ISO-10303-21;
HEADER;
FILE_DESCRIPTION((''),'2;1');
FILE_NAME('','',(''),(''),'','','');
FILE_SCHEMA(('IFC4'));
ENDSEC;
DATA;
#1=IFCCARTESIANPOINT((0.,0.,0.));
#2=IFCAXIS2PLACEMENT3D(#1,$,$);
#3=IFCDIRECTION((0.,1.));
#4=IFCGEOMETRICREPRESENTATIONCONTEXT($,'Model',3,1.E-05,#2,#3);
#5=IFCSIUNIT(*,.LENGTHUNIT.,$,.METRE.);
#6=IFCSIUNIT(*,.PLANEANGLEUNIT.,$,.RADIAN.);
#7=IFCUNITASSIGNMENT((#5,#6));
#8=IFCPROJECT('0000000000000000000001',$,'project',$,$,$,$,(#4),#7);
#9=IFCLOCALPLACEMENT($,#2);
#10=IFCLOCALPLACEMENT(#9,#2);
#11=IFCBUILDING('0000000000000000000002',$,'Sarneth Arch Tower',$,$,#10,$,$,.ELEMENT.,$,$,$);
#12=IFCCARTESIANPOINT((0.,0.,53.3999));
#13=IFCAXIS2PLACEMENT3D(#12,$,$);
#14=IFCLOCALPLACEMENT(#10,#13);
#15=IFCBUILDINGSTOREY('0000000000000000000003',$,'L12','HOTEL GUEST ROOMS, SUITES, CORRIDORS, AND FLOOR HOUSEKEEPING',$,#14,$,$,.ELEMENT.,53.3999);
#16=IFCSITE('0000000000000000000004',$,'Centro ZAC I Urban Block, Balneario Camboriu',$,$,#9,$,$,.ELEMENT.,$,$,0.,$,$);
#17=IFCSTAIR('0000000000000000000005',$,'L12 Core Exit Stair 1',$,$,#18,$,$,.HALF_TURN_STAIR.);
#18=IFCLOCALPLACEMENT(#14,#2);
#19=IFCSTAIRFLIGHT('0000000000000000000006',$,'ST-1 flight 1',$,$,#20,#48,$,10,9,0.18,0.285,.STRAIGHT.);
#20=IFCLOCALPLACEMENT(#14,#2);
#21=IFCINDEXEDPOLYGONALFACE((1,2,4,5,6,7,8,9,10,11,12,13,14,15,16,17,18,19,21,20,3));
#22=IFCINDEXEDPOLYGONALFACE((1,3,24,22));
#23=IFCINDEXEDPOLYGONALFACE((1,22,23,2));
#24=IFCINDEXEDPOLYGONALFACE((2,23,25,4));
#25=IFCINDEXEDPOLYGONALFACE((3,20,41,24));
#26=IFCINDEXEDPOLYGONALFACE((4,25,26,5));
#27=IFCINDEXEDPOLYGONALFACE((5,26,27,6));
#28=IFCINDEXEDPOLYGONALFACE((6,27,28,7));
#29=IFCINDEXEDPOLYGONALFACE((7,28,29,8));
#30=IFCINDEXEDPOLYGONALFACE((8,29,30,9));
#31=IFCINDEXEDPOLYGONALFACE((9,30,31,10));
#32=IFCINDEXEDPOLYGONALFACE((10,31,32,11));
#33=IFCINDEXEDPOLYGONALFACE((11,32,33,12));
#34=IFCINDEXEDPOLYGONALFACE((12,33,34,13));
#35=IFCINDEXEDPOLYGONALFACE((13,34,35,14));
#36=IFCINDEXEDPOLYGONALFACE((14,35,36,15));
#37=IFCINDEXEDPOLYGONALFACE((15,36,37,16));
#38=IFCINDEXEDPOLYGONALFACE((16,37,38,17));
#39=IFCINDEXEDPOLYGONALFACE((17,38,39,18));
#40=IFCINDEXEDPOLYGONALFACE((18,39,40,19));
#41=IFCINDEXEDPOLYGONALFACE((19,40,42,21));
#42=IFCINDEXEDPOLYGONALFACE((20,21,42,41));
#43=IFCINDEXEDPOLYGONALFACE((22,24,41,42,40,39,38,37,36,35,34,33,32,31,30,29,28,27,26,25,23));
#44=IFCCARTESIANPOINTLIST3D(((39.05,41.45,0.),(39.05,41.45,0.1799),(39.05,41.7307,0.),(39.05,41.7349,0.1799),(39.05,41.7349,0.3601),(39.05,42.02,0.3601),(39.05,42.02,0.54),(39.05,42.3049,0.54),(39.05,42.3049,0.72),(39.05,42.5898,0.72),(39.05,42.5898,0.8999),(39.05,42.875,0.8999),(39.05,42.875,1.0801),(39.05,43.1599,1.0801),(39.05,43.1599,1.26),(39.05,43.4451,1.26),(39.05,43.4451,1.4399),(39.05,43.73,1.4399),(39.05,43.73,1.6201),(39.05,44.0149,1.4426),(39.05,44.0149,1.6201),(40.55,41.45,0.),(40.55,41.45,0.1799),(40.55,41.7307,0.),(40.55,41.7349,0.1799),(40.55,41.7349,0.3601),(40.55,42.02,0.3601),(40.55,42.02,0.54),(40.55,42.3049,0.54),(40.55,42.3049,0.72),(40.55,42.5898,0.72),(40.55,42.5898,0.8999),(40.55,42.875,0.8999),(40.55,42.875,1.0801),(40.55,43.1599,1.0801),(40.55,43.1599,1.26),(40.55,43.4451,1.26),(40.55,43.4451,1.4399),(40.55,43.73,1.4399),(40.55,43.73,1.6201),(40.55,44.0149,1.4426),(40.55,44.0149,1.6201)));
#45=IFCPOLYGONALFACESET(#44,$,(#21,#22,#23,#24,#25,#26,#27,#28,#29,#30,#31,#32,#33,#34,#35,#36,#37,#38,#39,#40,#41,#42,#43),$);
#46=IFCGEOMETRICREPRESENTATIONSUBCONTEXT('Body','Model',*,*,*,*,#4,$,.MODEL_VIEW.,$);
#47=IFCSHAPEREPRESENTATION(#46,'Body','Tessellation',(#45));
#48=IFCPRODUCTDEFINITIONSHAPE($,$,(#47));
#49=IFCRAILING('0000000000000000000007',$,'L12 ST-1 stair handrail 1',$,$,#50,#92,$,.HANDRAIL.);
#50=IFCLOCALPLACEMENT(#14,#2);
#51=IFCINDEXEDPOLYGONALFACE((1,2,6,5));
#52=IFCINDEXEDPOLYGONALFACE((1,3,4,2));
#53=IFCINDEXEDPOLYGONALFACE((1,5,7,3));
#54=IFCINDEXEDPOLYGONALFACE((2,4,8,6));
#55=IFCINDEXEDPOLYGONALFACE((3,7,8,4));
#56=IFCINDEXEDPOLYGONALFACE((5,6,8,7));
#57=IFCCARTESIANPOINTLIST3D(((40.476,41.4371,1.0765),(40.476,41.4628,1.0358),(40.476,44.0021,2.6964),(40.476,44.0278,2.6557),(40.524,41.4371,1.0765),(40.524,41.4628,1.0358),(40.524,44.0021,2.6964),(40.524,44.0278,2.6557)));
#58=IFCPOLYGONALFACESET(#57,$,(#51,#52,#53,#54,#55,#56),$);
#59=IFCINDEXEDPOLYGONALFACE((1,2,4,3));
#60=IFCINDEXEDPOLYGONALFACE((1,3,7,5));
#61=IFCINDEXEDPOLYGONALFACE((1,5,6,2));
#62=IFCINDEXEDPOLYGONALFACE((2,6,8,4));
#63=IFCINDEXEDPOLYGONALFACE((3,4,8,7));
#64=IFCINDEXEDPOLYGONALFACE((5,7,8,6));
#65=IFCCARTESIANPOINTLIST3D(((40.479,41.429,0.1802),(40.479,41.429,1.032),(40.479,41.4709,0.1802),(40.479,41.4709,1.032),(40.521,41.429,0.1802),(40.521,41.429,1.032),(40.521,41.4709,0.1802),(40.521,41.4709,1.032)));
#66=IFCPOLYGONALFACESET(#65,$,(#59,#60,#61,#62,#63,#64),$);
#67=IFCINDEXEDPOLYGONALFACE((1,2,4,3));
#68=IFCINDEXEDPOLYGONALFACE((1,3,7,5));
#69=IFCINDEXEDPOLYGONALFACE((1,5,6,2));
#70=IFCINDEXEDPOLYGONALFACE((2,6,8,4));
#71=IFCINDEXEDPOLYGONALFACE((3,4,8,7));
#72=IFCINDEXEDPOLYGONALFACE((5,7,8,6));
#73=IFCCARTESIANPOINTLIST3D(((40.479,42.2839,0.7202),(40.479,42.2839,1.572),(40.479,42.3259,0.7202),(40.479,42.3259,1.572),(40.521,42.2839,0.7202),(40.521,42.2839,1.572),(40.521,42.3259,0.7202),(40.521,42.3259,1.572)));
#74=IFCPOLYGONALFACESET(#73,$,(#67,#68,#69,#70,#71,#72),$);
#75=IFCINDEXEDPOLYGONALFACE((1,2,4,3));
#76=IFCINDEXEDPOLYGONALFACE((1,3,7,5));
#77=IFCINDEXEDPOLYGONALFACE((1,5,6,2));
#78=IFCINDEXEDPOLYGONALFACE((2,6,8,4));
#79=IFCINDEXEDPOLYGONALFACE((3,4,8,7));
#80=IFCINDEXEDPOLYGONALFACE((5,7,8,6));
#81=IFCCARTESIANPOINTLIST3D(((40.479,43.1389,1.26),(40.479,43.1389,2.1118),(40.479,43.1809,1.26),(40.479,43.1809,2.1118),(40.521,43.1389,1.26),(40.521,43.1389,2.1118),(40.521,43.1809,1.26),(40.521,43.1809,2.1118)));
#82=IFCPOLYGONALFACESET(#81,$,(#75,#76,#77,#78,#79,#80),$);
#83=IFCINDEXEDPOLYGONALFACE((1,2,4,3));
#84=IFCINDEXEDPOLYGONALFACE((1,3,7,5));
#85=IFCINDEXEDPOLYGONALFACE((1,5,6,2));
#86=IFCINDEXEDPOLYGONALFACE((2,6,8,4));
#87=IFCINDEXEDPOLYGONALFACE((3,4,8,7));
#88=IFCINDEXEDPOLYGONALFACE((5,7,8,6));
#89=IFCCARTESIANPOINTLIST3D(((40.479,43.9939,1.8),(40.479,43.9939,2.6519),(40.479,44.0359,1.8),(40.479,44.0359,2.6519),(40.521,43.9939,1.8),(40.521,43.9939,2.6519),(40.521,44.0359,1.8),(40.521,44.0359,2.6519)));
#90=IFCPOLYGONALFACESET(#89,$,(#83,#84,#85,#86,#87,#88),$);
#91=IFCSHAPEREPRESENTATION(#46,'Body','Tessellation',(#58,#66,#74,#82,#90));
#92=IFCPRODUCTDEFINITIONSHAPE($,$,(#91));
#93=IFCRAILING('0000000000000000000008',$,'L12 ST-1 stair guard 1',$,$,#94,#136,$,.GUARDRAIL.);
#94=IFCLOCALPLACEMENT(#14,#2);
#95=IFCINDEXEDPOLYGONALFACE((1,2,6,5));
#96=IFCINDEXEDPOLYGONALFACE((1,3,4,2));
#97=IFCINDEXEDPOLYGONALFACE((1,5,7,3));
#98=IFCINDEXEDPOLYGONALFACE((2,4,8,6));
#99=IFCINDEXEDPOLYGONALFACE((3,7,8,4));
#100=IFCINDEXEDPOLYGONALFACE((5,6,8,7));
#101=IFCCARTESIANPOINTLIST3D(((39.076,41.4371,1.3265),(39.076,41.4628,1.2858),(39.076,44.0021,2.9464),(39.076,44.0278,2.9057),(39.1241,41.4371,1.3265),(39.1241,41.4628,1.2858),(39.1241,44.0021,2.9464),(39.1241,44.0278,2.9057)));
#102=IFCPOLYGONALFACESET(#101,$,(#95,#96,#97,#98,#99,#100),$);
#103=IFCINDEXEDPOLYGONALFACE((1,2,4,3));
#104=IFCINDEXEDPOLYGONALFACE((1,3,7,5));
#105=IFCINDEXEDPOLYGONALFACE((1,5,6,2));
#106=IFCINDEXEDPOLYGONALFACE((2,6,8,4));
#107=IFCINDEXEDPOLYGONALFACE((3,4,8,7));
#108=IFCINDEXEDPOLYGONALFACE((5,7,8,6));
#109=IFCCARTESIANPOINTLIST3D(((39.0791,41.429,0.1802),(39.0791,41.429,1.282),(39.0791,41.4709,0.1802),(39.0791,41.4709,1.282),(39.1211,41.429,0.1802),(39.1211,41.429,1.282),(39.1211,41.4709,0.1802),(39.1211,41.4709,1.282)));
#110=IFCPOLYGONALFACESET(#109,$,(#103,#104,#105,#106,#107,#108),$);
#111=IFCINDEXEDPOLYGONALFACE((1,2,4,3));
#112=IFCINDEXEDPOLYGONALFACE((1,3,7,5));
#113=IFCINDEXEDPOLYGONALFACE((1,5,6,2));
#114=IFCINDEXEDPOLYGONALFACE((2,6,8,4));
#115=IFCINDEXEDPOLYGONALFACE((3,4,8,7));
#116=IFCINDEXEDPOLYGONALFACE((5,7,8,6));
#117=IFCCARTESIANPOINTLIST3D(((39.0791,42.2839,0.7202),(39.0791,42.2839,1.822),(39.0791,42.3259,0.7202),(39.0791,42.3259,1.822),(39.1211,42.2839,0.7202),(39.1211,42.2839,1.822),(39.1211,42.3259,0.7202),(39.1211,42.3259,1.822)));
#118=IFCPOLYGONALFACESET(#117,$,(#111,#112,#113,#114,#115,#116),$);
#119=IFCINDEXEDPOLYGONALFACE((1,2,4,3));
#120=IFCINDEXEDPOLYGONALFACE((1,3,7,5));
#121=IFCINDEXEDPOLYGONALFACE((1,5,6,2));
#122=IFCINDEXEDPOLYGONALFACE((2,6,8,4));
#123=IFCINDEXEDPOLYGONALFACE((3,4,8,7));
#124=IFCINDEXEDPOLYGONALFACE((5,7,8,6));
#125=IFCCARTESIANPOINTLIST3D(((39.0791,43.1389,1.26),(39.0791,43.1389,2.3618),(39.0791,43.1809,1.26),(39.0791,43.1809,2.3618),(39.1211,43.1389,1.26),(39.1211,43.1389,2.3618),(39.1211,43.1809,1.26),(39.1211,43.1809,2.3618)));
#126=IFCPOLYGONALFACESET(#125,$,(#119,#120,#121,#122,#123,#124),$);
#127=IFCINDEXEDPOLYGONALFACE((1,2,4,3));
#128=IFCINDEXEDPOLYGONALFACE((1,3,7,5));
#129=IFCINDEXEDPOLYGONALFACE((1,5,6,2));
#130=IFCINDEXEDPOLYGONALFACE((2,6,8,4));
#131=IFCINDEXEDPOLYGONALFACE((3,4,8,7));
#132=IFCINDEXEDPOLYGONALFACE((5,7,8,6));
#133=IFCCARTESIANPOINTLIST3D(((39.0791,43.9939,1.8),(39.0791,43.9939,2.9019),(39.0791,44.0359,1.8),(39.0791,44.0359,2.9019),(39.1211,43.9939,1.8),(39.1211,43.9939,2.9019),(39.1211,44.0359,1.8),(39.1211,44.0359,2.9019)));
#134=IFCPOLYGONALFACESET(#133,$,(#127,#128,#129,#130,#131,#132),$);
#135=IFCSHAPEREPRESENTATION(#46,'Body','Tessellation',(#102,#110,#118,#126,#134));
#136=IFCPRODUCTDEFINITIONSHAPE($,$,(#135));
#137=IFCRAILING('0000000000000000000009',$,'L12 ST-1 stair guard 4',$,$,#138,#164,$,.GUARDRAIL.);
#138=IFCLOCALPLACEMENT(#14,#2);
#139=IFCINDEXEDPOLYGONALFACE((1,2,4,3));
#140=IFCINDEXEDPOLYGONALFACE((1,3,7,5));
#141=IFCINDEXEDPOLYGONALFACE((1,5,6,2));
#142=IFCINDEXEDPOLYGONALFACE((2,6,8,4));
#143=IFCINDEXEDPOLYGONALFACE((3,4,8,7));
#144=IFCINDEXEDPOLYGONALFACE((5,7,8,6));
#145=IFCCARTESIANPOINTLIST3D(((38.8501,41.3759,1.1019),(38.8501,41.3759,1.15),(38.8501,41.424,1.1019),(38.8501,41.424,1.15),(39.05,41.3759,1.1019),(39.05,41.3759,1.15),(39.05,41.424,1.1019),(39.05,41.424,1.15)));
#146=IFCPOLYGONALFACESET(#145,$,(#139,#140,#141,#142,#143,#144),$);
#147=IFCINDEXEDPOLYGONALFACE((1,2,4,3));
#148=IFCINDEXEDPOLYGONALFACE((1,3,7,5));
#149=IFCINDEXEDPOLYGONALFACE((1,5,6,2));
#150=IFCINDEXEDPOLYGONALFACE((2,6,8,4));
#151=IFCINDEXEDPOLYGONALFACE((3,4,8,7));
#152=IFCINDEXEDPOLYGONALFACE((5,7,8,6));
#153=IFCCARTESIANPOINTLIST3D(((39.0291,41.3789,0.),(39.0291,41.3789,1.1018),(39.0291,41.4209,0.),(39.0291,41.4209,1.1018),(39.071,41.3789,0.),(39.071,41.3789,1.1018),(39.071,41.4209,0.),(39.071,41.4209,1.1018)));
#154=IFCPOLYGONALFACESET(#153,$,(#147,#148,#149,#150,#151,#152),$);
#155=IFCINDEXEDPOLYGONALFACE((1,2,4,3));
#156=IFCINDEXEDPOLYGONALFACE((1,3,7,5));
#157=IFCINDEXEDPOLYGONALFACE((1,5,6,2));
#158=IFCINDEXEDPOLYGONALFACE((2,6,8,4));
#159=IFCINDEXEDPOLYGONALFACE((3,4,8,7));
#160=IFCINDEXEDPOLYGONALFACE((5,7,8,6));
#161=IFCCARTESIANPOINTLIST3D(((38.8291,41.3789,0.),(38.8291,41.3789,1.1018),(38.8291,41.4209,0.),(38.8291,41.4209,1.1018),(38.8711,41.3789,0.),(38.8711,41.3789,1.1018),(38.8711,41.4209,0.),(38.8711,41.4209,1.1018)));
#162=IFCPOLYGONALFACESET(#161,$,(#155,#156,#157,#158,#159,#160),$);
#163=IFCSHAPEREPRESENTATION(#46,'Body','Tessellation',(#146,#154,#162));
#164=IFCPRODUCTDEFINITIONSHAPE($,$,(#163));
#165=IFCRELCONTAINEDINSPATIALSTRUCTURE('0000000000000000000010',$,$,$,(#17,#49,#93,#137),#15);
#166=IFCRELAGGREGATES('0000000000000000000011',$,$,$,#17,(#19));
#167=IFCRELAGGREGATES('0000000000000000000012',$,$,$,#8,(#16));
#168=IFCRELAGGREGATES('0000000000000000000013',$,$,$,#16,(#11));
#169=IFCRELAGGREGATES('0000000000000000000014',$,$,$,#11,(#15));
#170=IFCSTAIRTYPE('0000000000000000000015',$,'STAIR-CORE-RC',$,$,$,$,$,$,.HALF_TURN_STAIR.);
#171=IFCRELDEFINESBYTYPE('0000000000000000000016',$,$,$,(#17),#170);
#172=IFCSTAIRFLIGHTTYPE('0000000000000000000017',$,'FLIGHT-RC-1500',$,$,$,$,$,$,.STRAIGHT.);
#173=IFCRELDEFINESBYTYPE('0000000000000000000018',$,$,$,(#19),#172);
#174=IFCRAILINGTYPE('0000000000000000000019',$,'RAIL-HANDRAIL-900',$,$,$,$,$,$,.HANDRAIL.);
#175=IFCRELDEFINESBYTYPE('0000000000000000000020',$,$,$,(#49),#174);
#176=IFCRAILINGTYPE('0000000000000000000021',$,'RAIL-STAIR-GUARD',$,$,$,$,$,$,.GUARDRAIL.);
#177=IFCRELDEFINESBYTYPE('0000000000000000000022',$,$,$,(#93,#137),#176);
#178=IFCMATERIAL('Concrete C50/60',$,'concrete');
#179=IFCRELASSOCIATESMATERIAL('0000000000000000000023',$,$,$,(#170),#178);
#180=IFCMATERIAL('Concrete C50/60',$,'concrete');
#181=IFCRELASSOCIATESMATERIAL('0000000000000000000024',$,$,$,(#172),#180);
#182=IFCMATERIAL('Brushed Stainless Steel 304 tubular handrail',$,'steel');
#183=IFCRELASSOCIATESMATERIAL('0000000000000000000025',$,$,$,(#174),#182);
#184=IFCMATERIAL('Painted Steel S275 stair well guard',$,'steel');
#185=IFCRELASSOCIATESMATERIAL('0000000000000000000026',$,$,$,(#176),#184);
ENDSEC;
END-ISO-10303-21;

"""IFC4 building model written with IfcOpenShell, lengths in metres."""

from ifc_helpers import new_model, si_unit, direction, frame, origin, origin_2d, place, context, subcontext, project, spatial, polyline, rectangle, outline, extrude, material, type_object, element, aggregate, save


model = new_model("IFC4")

# Units and contexts
model_context = context("Model", 3, precision=1e-05, world=origin(), true_north=direction((0.0, 1.0)))
body_context = subcontext(model_context, "Body", "Model", "MODEL_VIEW")
ifc_project = project(units=[si_unit("LENGTHUNIT", "METRE"), si_unit("PLANEANGLEUNIT", "RADIAN")], contexts=[model_context])

# Site, building, storey
site_placement = place(None, origin())
site = spatial("IfcSite", under=ifc_project, at=site_placement, Name="Centro ZAC I Urban Block, Balneario Camboriu", CompositionType="ELEMENT", RefElevation=0.0)
building_placement = place(site_placement, origin())
building = spatial("IfcBuilding", under=site, at=building_placement, Name="Sarneth Arch Tower", CompositionType="ELEMENT")
storey_placement = place(building_placement, frame((0.0, 0.0, 53.3999)))
storey = spatial("IfcBuildingStorey", under=building, at=storey_placement, Name="L12", Description="HOTEL GUEST ROOMS, SUITES, CORRIDORS, AND FLOOR HOUSEKEEPING", CompositionType="ELEMENT", Elevation=53.3999)

# Stair, stair flight
ifc_material_1 = material(Name="Concrete C50/60", Category="concrete")
stair_type = type_object("IfcStairType", Name="STAIR-CORE-RC", PredefinedType="HALF_TURN_STAIR", material=ifc_material_1)
stair_placement = place(storey_placement, origin())
stair = element("IfcStair", 1, at=stair_placement, inside=storey, type_object=stair_type, Name="L12 Core Exit Stair 1", PredefinedType="HALF_TURN_STAIR")
ifc_material_2 = material(Name="Concrete C50/60", Category="concrete")
stair_flight_type = type_object("IfcStairFlightType", Name="FLIGHT-RC-1500", PredefinedType="STRAIGHT", material=ifc_material_2)
stair_flight_placement = place(storey_placement, frame((39.8, 41.45, 0.0), z_axis=(0.0, 0.0, 1.0), x_axis=(0.0, 1.0, 0.0)))
stair_flight = element("IfcStairFlight", 2, at=stair_flight_placement, type_object=stair_flight_type, Name="ST-1 flight 1", NumberOfRisers=10, NumberOfTreads=9, PredefinedType="STRAIGHT", RiserHeight=0.18, TreadLength=0.285, context=body_context, shape_type="SweptSolid", body=[
    extrude(outline(polyline([(0.0, 0.0), (0.0, 0.1799), (0.2849, 0.1799), (0.2849, 0.3601), (0.5701, 0.3601), (0.5701, 0.54), (0.855, 0.54), (0.855, 0.72), (1.1399, 0.72), (1.1399, 0.8999), (1.425, 0.8999), (1.425, 1.0801), (1.71, 1.0801), (1.71, 1.26), (1.9951, 1.26), (1.9951, 1.4399), (2.28, 1.4399), (2.28, 1.6201), (2.5649, 1.6201), (2.5649, 1.8), (2.5649, 1.4426), (0.2808, 0.0), (0.0, 0.0)])), frame((0.0, 0.75, 0.0), z_axis=(0.0, -1.0, 0.0), x_axis=(1.0, 0.0, 0.0)), (0.0, 0.0, 1.0), 1.5),
])
aggregate(stair, [stair_flight])

# Railings
ifc_material_3 = material(Name="Brushed Stainless Steel 304 tubular handrail", Category="steel")
railing_type_1 = type_object("IfcRailingType", Name="RAIL-HANDRAIL-900", PredefinedType="HANDRAIL", material=ifc_material_3)
railing_1_placement = place(storey_placement, frame((40.5, 41.45, 0.1802)))
element("IfcRailing", 3, at=railing_1_placement, inside=storey, type_object=railing_type_1, Name="L12 ST-1 stair handrail 1", PredefinedType="HANDRAIL", context=body_context, shape_type="SweptSolid", body=[
    extrude(rectangle(XDim=0.0481, YDim=0.0481, at=origin_2d()), frame((0.0, 0.0, 0.876), z_axis=(0.0, 0.845502, 0.533972), x_axis=(-1.0, 0.0, 0.0)), (0.0, 0.0, 1.0), 3.0337),
    extrude(rectangle(XDim=0.042, YDim=0.042, at=origin_2d()), origin(), (0.0, 0.0, 1.0), 0.8518),
    extrude(rectangle(XDim=0.042, YDim=0.042, at=origin_2d()), frame((0.0, 0.855, 0.54)), (0.0, 0.0, 1.0), 0.8518),
    extrude(rectangle(XDim=0.042, YDim=0.042, at=origin_2d()), frame((0.0, 1.71, 1.0798)), (0.0, 0.0, 1.0), 0.8518),
    extrude(rectangle(XDim=0.042, YDim=0.042, at=origin_2d()), frame((0.0, 2.5649, 1.6199)), (0.0, 0.0, 1.0), 0.8518),
])
ifc_material_4 = material(Name="Painted Steel S275 stair well guard", Category="steel")
railing_type_2 = type_object("IfcRailingType", Name="RAIL-STAIR-GUARD", PredefinedType="GUARDRAIL", material=ifc_material_4)
railing_2_placement = place(storey_placement, frame((39.1001, 41.45, 0.1802)))
element("IfcRailing", 4, at=railing_2_placement, inside=storey, type_object=railing_type_2, Name="L12 ST-1 stair guard 1", PredefinedType="GUARDRAIL", context=body_context, shape_type="SweptSolid", body=[
    extrude(rectangle(XDim=0.0481, YDim=0.0481, at=origin_2d()), frame((0.0, 0.0, 1.126), z_axis=(0.0, 0.845502, 0.533972), x_axis=(-1.0, 0.0, 0.0)), (0.0, 0.0, 1.0), 3.0337),
    extrude(rectangle(XDim=0.042, YDim=0.042, at=origin_2d()), origin(), (0.0, 0.0, 1.0), 1.1018),
    extrude(rectangle(XDim=0.042, YDim=0.042, at=origin_2d()), frame((0.0, 0.855, 0.54)), (0.0, 0.0, 1.0), 1.1018),
    extrude(rectangle(XDim=0.042, YDim=0.042, at=origin_2d()), frame((0.0, 1.71, 1.0798)), (0.0, 0.0, 1.0), 1.1018),
    extrude(rectangle(XDim=0.042, YDim=0.042, at=origin_2d()), frame((0.0, 2.5649, 1.6199)), (0.0, 0.0, 1.0), 1.1018),
])
railing_3_placement = place(storey_placement, frame((39.05, 41.3999, 0.0)))
element("IfcRailing", 5, at=railing_3_placement, inside=storey, type_object=railing_type_2, Name="L12 ST-1 stair guard 4", PredefinedType="GUARDRAIL", context=body_context, shape_type="SweptSolid", body=[
    extrude(rectangle(XDim=0.0481, YDim=0.0481, at=origin_2d()), frame((0.0, 0.0, 1.126), z_axis=(-1.0, 0.0, 0.0), x_axis=(0.0, -1.0, 0.0)), (0.0, 0.0, 1.0), 0.2),
    extrude(rectangle(XDim=0.042, YDim=0.042, at=origin_2d()), origin(), (0.0, 0.0, 1.0), 1.1018),
    extrude(rectangle(XDim=0.042, YDim=0.042, at=origin_2d()), frame((-0.2, 0.0, 0.0)), (0.0, 0.0, 1.0), 1.1018),
])

save(model, "model.ifc")
